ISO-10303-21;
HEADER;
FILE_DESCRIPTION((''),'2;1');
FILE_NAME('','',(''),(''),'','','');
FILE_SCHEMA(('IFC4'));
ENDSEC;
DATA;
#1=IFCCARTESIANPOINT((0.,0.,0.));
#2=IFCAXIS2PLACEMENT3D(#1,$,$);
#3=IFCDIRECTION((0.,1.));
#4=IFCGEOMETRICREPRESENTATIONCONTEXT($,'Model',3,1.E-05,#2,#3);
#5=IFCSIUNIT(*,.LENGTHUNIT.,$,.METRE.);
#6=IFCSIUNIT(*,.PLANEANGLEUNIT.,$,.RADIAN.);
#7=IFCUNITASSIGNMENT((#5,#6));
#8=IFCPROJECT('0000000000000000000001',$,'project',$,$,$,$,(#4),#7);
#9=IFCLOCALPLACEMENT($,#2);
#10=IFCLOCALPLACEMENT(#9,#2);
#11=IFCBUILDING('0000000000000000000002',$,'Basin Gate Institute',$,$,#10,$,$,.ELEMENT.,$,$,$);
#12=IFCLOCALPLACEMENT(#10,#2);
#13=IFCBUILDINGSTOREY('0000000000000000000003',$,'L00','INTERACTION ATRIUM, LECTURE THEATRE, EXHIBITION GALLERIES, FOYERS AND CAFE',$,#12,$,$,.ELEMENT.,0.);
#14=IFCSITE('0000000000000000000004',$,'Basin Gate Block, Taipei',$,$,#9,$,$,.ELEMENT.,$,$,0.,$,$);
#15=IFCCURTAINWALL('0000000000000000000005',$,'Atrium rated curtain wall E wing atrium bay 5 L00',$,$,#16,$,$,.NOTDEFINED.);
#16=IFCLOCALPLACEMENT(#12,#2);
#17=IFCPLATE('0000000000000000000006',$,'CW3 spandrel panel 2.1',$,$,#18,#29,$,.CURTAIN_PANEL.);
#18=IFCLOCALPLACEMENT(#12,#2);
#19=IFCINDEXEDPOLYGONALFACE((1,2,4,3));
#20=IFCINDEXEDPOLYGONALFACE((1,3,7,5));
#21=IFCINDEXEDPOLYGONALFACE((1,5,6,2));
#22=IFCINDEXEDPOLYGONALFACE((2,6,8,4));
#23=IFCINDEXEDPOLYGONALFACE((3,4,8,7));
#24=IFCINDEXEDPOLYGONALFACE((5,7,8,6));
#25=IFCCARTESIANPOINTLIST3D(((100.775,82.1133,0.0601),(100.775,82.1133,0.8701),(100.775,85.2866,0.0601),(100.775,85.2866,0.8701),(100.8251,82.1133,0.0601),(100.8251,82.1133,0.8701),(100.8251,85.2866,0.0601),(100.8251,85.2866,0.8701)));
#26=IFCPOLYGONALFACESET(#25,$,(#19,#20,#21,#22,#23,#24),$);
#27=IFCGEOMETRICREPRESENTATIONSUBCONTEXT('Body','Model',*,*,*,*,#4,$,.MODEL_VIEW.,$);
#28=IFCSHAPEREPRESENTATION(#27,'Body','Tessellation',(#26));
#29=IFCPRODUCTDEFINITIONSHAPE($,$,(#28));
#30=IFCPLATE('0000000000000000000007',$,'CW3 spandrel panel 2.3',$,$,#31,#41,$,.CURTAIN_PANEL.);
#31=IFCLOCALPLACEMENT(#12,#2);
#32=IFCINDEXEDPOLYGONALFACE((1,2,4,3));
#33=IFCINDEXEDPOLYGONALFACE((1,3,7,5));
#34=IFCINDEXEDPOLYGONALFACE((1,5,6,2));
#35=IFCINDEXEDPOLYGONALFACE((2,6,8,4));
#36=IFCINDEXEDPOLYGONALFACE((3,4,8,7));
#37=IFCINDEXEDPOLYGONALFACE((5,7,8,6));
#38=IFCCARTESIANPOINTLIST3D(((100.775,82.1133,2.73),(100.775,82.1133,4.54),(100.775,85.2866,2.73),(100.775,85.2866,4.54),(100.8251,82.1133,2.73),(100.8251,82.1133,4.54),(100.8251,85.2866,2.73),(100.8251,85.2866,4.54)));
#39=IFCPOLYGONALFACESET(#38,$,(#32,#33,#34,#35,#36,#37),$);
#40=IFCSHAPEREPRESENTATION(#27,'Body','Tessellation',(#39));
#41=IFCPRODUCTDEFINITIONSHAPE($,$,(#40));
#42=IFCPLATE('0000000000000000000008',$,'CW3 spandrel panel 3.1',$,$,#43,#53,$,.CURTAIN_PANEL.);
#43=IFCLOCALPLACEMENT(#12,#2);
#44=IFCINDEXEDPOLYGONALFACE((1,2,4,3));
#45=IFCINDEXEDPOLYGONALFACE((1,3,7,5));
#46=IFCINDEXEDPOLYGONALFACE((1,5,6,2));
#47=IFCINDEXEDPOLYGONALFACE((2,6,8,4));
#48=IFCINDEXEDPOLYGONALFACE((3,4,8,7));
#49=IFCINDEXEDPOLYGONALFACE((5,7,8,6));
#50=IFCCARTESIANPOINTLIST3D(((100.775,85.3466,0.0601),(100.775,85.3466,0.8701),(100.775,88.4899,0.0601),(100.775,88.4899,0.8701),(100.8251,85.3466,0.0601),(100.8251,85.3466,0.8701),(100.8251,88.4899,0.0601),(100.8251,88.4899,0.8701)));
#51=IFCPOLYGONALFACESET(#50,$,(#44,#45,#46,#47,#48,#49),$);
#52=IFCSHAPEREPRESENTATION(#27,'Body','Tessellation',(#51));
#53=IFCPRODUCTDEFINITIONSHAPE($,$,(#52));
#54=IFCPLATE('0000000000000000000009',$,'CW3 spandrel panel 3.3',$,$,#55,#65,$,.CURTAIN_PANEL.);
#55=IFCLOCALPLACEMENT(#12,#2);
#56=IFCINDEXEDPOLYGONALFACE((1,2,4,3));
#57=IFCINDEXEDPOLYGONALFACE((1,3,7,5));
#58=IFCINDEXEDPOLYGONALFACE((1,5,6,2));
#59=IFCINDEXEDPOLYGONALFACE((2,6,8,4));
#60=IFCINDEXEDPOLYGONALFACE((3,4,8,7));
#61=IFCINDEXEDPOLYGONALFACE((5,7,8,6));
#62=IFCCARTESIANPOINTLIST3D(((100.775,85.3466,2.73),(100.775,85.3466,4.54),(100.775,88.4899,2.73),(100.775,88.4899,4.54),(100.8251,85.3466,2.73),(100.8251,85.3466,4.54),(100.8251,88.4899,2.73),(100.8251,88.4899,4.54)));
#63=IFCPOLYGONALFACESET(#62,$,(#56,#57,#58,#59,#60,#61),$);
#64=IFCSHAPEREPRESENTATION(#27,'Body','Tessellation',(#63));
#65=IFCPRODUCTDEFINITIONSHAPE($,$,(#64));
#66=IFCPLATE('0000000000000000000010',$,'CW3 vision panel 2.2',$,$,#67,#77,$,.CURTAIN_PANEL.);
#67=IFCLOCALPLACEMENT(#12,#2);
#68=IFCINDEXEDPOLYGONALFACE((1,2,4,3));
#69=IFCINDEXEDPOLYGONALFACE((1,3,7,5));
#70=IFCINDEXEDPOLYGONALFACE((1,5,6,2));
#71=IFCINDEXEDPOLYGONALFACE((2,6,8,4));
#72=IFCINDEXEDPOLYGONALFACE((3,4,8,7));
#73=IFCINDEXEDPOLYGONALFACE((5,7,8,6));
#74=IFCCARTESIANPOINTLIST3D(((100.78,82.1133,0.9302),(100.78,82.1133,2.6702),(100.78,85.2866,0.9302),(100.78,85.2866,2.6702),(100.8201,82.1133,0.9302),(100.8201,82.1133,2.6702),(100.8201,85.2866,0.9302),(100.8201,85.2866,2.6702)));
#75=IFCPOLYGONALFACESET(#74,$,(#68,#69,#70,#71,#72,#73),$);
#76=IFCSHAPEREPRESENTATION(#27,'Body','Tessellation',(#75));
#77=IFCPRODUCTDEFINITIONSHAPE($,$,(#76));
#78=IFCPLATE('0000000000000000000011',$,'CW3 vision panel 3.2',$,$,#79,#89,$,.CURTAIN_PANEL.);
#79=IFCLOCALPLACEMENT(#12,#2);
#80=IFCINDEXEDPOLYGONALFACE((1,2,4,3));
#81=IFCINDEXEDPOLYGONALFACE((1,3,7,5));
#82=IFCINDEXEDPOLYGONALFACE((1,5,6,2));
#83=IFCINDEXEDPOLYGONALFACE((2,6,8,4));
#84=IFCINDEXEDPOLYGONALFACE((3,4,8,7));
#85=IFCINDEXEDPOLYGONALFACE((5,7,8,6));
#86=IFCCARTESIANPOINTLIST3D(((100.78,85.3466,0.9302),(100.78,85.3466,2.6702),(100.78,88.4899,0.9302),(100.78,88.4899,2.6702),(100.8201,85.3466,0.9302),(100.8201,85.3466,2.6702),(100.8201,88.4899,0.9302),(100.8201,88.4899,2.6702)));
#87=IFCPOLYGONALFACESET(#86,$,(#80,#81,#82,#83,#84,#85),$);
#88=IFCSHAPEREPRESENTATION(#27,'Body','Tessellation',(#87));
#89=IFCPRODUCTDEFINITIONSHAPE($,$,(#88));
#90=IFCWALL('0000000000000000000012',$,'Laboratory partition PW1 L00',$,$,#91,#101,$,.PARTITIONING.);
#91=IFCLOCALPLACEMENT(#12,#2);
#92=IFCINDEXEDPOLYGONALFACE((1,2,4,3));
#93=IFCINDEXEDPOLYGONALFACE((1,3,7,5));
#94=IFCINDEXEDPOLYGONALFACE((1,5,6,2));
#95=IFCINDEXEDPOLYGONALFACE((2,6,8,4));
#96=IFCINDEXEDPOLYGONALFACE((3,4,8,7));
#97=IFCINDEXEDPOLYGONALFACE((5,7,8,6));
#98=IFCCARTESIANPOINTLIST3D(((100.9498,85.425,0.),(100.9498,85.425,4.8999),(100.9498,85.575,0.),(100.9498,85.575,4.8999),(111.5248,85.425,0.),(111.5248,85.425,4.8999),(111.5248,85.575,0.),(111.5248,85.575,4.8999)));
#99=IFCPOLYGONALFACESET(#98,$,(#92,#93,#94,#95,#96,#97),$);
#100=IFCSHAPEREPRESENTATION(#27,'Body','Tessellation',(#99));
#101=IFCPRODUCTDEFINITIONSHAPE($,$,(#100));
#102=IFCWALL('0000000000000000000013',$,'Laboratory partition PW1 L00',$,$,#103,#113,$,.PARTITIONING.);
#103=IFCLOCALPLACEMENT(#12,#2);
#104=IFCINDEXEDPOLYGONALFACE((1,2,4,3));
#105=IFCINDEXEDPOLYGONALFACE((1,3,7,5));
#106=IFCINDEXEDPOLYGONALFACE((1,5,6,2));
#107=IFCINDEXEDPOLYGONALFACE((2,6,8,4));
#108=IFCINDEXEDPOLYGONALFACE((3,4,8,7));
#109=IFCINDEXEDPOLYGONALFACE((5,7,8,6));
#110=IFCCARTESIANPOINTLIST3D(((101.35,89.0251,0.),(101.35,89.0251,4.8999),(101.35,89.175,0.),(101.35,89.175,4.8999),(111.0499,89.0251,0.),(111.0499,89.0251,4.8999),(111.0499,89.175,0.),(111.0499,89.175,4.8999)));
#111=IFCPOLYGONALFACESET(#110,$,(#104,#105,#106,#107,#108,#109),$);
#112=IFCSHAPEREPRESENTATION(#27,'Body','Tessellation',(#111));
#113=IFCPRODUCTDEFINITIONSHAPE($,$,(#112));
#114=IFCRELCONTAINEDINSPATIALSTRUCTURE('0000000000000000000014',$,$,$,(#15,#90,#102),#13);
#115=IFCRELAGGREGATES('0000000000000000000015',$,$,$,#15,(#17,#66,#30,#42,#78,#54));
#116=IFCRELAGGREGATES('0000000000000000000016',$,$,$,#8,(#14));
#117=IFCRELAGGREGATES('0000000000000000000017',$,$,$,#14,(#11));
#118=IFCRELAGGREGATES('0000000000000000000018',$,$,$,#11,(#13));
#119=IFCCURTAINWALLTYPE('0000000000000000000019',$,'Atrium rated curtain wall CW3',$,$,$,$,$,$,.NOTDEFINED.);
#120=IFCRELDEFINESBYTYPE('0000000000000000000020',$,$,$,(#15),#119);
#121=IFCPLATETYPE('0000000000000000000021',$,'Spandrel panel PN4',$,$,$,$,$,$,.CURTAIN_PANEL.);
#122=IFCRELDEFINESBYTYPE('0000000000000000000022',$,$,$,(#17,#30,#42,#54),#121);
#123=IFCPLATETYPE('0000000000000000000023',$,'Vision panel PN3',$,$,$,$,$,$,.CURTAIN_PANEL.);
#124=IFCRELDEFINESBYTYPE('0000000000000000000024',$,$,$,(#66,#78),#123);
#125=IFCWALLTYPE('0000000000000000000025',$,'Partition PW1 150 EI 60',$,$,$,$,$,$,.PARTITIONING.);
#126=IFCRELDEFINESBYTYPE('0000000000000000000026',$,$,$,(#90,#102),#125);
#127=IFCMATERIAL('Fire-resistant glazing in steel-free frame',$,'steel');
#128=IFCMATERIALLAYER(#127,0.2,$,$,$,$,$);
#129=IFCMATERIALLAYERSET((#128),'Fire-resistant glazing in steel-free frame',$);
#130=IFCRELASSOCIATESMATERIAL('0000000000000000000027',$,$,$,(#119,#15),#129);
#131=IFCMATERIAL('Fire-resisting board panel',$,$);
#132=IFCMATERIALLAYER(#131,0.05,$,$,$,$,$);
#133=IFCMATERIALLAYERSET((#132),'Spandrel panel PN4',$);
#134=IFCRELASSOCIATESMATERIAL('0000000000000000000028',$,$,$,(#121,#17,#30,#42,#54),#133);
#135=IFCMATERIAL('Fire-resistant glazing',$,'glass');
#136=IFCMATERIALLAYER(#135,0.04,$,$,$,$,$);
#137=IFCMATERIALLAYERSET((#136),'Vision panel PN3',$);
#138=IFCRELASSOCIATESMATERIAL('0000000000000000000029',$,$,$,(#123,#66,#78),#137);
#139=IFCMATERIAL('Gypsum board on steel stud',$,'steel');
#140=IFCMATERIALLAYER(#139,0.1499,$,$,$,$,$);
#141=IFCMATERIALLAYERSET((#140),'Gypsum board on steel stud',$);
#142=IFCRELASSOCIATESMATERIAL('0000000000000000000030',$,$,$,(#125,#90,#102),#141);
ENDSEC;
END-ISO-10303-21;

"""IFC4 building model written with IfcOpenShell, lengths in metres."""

from ifc_helpers import new_model, si_unit, direction, frame, frame_2d, origin, origin_2d, place, context, subcontext, project, spatial, rectangle, extrude, material, layer, layer_set, type_object, element, aggregate, save


model = new_model("IFC4")

# Units and contexts
model_context = context("Model", 3, precision=1e-05, world=origin(), true_north=direction((0.0, 1.0)))
body_context = subcontext(model_context, "Body", "Model", "MODEL_VIEW")
ifc_project = project(units=[si_unit("LENGTHUNIT", "METRE"), si_unit("PLANEANGLEUNIT", "RADIAN")], contexts=[model_context])

# Site, building, storey
site_placement = place(None, origin())
site = spatial("IfcSite", under=ifc_project, at=site_placement, Name="Basin Gate Block, Taipei", CompositionType="ELEMENT", RefElevation=0.0)
building_placement = place(site_placement, origin())
building = spatial("IfcBuilding", under=site, at=building_placement, Name="Basin Gate Institute", CompositionType="ELEMENT")
storey_placement = place(building_placement, origin())
storey = spatial("IfcBuildingStorey", under=building, at=storey_placement, Name="L00", Description="INTERACTION ATRIUM, LECTURE THEATRE, EXHIBITION GALLERIES, FOYERS AND CAFE", CompositionType="ELEMENT", Elevation=0.0)

# Curtain wall
ifc_material_1 = material(Name="Fire-resistant glazing in steel-free frame", Category="steel")
ifc_layer_1 = layer(ifc_material_1, 0.2)
ifc_layer_set_1 = layer_set([ifc_layer_1], Name="Fire-resistant glazing in steel-free frame")
curtain_wall_type = type_object("IfcCurtainWallType", Name="Atrium rated curtain wall CW3", PredefinedType="NOTDEFINED", material=ifc_layer_set_1)
curtain_wall_placement = place(storey_placement, origin())
curtain_wall = element("IfcCurtainWall", 1, at=curtain_wall_placement, inside=storey, type_object=curtain_wall_type, material=ifc_layer_set_1, Name="Atrium rated curtain wall E wing atrium bay 5 L00", PredefinedType="NOTDEFINED")

# Plates
ifc_material_2 = material(Name="Fire-resisting board panel")
ifc_layer_2 = layer(ifc_material_2, 0.05)
ifc_layer_set_2 = layer_set([ifc_layer_2], Name="Spandrel panel PN4")
plate_type_1 = type_object("IfcPlateType", Name="Spandrel panel PN4", PredefinedType="CURTAIN_PANEL", material=ifc_layer_set_2)
plate_1_placement = place(storey_placement, frame((100.8, 83.7, 0.0601), z_axis=(0.0, 0.0, 1.0), x_axis=(0.0, 1.0, 0.0)))
plate_1 = element("IfcPlate", 2, at=plate_1_placement, type_object=plate_type_1, material=ifc_layer_set_2, Name="CW3 spandrel panel 2.1", PredefinedType="CURTAIN_PANEL", context=body_context, shape_type="SweptSolid", body=[
    extrude(rectangle(XDim=3.1733, YDim=0.05, at=origin_2d()), origin(), (0.0, 0.0, 1.0), 0.8101),
])
plate_2_placement = place(storey_placement, frame((100.8, 83.7, 2.73), z_axis=(0.0, 0.0, 1.0), x_axis=(0.0, 1.0, 0.0)))
plate_2 = element("IfcPlate", 3, at=plate_2_placement, type_object=plate_type_1, material=ifc_layer_set_2, Name="CW3 spandrel panel 2.3", PredefinedType="CURTAIN_PANEL", context=body_context, shape_type="SweptSolid", body=[
    extrude(rectangle(XDim=3.1733, YDim=0.05, at=origin_2d()), origin(), (0.0, 0.0, 1.0), 1.8101),
])
plate_3_placement = place(storey_placement, frame((100.8, 86.9182, 0.0601), z_axis=(0.0, 0.0, 1.0), x_axis=(0.0, 1.0, 0.0)))
plate_3 = element("IfcPlate", 4, at=plate_3_placement, type_object=plate_type_1, material=ifc_layer_set_2, Name="CW3 spandrel panel 3.1", PredefinedType="CURTAIN_PANEL", context=body_context, shape_type="SweptSolid", body=[
    extrude(rectangle(XDim=3.1433, YDim=0.05, at=origin_2d()), origin(), (0.0, 0.0, 1.0), 0.8101),
])
plate_4_placement = place(storey_placement, frame((100.8, 86.9182, 2.73), z_axis=(0.0, 0.0, 1.0), x_axis=(0.0, 1.0, 0.0)))
plate_4 = element("IfcPlate", 5, at=plate_4_placement, type_object=plate_type_1, material=ifc_layer_set_2, Name="CW3 spandrel panel 3.3", PredefinedType="CURTAIN_PANEL", context=body_context, shape_type="SweptSolid", body=[
    extrude(rectangle(XDim=3.1433, YDim=0.05, at=origin_2d()), origin(), (0.0, 0.0, 1.0), 1.8101),
])
ifc_material_3 = material(Name="Fire-resistant glazing", Category="glass")
ifc_layer_3 = layer(ifc_material_3, 0.04)
ifc_layer_set_3 = layer_set([ifc_layer_3], Name="Vision panel PN3")
plate_type_2 = type_object("IfcPlateType", Name="Vision panel PN3", PredefinedType="CURTAIN_PANEL", material=ifc_layer_set_3)
plate_5_placement = place(storey_placement, frame((100.8, 83.7, 0.9302), z_axis=(0.0, 0.0, 1.0), x_axis=(0.0, 1.0, 0.0)))
plate_5 = element("IfcPlate", 6, at=plate_5_placement, type_object=plate_type_2, material=ifc_layer_set_3, Name="CW3 vision panel 2.2", PredefinedType="CURTAIN_PANEL", context=body_context, shape_type="SweptSolid", body=[
    extrude(rectangle(XDim=3.1733, YDim=0.04, at=origin_2d()), origin(), (0.0, 0.0, 1.0), 1.74),
])
plate_6_placement = place(storey_placement, frame((100.8, 86.9182, 0.9302), z_axis=(0.0, 0.0, 1.0), x_axis=(0.0, 1.0, 0.0)))
plate_6 = element("IfcPlate", 7, at=plate_6_placement, type_object=plate_type_2, material=ifc_layer_set_3, Name="CW3 vision panel 3.2", PredefinedType="CURTAIN_PANEL", context=body_context, shape_type="SweptSolid", body=[
    extrude(rectangle(XDim=3.1433, YDim=0.04, at=origin_2d()), origin(), (0.0, 0.0, 1.0), 1.74),
])
aggregate(curtain_wall, [plate_1, plate_5, plate_2, plate_3, plate_6, plate_4])

# Walls
ifc_material_4 = material(Name="Gypsum board on steel stud", Category="steel")
ifc_layer_4 = layer(ifc_material_4, 0.1499)
ifc_layer_set_4 = layer_set([ifc_layer_4], Name="Gypsum board on steel stud")
wall_type = type_object("IfcWallType", Name="Partition PW1 150 EI 60", PredefinedType="PARTITIONING", material=ifc_layer_set_4)
wall_1_placement = place(storey_placement, frame((111.5249, 85.5, 0.0), z_axis=(0.0, 0.0, 1.0), x_axis=(-1.0, 0.0, 0.0)))
element("IfcWall", 8, at=wall_1_placement, inside=storey, type_object=wall_type, material=ifc_layer_set_4, Name="Laboratory partition PW1 L00", PredefinedType="PARTITIONING", context=body_context, shape_type="SweptSolid", body=[
    extrude(rectangle(XDim=10.575, YDim=0.1499, at=frame_2d((5.2876, 0.0))), origin(), (0.0, 0.0, 1.0), 4.8999),
])
wall_2_placement = place(storey_placement, frame((111.05, 89.1001, 0.0), z_axis=(0.0, 0.0, 1.0), x_axis=(-1.0, 0.0, 0.0)))
element("IfcWall", 9, at=wall_2_placement, inside=storey, type_object=wall_type, material=ifc_layer_set_4, Name="Laboratory partition PW1 L00", PredefinedType="PARTITIONING", context=body_context, shape_type="SweptSolid", body=[
    extrude(rectangle(XDim=9.7, YDim=0.1499, at=frame_2d((4.8501, 0.0))), origin(), (0.0, 0.0, 1.0), 4.8999),
])

save(model, "model.ifc")
